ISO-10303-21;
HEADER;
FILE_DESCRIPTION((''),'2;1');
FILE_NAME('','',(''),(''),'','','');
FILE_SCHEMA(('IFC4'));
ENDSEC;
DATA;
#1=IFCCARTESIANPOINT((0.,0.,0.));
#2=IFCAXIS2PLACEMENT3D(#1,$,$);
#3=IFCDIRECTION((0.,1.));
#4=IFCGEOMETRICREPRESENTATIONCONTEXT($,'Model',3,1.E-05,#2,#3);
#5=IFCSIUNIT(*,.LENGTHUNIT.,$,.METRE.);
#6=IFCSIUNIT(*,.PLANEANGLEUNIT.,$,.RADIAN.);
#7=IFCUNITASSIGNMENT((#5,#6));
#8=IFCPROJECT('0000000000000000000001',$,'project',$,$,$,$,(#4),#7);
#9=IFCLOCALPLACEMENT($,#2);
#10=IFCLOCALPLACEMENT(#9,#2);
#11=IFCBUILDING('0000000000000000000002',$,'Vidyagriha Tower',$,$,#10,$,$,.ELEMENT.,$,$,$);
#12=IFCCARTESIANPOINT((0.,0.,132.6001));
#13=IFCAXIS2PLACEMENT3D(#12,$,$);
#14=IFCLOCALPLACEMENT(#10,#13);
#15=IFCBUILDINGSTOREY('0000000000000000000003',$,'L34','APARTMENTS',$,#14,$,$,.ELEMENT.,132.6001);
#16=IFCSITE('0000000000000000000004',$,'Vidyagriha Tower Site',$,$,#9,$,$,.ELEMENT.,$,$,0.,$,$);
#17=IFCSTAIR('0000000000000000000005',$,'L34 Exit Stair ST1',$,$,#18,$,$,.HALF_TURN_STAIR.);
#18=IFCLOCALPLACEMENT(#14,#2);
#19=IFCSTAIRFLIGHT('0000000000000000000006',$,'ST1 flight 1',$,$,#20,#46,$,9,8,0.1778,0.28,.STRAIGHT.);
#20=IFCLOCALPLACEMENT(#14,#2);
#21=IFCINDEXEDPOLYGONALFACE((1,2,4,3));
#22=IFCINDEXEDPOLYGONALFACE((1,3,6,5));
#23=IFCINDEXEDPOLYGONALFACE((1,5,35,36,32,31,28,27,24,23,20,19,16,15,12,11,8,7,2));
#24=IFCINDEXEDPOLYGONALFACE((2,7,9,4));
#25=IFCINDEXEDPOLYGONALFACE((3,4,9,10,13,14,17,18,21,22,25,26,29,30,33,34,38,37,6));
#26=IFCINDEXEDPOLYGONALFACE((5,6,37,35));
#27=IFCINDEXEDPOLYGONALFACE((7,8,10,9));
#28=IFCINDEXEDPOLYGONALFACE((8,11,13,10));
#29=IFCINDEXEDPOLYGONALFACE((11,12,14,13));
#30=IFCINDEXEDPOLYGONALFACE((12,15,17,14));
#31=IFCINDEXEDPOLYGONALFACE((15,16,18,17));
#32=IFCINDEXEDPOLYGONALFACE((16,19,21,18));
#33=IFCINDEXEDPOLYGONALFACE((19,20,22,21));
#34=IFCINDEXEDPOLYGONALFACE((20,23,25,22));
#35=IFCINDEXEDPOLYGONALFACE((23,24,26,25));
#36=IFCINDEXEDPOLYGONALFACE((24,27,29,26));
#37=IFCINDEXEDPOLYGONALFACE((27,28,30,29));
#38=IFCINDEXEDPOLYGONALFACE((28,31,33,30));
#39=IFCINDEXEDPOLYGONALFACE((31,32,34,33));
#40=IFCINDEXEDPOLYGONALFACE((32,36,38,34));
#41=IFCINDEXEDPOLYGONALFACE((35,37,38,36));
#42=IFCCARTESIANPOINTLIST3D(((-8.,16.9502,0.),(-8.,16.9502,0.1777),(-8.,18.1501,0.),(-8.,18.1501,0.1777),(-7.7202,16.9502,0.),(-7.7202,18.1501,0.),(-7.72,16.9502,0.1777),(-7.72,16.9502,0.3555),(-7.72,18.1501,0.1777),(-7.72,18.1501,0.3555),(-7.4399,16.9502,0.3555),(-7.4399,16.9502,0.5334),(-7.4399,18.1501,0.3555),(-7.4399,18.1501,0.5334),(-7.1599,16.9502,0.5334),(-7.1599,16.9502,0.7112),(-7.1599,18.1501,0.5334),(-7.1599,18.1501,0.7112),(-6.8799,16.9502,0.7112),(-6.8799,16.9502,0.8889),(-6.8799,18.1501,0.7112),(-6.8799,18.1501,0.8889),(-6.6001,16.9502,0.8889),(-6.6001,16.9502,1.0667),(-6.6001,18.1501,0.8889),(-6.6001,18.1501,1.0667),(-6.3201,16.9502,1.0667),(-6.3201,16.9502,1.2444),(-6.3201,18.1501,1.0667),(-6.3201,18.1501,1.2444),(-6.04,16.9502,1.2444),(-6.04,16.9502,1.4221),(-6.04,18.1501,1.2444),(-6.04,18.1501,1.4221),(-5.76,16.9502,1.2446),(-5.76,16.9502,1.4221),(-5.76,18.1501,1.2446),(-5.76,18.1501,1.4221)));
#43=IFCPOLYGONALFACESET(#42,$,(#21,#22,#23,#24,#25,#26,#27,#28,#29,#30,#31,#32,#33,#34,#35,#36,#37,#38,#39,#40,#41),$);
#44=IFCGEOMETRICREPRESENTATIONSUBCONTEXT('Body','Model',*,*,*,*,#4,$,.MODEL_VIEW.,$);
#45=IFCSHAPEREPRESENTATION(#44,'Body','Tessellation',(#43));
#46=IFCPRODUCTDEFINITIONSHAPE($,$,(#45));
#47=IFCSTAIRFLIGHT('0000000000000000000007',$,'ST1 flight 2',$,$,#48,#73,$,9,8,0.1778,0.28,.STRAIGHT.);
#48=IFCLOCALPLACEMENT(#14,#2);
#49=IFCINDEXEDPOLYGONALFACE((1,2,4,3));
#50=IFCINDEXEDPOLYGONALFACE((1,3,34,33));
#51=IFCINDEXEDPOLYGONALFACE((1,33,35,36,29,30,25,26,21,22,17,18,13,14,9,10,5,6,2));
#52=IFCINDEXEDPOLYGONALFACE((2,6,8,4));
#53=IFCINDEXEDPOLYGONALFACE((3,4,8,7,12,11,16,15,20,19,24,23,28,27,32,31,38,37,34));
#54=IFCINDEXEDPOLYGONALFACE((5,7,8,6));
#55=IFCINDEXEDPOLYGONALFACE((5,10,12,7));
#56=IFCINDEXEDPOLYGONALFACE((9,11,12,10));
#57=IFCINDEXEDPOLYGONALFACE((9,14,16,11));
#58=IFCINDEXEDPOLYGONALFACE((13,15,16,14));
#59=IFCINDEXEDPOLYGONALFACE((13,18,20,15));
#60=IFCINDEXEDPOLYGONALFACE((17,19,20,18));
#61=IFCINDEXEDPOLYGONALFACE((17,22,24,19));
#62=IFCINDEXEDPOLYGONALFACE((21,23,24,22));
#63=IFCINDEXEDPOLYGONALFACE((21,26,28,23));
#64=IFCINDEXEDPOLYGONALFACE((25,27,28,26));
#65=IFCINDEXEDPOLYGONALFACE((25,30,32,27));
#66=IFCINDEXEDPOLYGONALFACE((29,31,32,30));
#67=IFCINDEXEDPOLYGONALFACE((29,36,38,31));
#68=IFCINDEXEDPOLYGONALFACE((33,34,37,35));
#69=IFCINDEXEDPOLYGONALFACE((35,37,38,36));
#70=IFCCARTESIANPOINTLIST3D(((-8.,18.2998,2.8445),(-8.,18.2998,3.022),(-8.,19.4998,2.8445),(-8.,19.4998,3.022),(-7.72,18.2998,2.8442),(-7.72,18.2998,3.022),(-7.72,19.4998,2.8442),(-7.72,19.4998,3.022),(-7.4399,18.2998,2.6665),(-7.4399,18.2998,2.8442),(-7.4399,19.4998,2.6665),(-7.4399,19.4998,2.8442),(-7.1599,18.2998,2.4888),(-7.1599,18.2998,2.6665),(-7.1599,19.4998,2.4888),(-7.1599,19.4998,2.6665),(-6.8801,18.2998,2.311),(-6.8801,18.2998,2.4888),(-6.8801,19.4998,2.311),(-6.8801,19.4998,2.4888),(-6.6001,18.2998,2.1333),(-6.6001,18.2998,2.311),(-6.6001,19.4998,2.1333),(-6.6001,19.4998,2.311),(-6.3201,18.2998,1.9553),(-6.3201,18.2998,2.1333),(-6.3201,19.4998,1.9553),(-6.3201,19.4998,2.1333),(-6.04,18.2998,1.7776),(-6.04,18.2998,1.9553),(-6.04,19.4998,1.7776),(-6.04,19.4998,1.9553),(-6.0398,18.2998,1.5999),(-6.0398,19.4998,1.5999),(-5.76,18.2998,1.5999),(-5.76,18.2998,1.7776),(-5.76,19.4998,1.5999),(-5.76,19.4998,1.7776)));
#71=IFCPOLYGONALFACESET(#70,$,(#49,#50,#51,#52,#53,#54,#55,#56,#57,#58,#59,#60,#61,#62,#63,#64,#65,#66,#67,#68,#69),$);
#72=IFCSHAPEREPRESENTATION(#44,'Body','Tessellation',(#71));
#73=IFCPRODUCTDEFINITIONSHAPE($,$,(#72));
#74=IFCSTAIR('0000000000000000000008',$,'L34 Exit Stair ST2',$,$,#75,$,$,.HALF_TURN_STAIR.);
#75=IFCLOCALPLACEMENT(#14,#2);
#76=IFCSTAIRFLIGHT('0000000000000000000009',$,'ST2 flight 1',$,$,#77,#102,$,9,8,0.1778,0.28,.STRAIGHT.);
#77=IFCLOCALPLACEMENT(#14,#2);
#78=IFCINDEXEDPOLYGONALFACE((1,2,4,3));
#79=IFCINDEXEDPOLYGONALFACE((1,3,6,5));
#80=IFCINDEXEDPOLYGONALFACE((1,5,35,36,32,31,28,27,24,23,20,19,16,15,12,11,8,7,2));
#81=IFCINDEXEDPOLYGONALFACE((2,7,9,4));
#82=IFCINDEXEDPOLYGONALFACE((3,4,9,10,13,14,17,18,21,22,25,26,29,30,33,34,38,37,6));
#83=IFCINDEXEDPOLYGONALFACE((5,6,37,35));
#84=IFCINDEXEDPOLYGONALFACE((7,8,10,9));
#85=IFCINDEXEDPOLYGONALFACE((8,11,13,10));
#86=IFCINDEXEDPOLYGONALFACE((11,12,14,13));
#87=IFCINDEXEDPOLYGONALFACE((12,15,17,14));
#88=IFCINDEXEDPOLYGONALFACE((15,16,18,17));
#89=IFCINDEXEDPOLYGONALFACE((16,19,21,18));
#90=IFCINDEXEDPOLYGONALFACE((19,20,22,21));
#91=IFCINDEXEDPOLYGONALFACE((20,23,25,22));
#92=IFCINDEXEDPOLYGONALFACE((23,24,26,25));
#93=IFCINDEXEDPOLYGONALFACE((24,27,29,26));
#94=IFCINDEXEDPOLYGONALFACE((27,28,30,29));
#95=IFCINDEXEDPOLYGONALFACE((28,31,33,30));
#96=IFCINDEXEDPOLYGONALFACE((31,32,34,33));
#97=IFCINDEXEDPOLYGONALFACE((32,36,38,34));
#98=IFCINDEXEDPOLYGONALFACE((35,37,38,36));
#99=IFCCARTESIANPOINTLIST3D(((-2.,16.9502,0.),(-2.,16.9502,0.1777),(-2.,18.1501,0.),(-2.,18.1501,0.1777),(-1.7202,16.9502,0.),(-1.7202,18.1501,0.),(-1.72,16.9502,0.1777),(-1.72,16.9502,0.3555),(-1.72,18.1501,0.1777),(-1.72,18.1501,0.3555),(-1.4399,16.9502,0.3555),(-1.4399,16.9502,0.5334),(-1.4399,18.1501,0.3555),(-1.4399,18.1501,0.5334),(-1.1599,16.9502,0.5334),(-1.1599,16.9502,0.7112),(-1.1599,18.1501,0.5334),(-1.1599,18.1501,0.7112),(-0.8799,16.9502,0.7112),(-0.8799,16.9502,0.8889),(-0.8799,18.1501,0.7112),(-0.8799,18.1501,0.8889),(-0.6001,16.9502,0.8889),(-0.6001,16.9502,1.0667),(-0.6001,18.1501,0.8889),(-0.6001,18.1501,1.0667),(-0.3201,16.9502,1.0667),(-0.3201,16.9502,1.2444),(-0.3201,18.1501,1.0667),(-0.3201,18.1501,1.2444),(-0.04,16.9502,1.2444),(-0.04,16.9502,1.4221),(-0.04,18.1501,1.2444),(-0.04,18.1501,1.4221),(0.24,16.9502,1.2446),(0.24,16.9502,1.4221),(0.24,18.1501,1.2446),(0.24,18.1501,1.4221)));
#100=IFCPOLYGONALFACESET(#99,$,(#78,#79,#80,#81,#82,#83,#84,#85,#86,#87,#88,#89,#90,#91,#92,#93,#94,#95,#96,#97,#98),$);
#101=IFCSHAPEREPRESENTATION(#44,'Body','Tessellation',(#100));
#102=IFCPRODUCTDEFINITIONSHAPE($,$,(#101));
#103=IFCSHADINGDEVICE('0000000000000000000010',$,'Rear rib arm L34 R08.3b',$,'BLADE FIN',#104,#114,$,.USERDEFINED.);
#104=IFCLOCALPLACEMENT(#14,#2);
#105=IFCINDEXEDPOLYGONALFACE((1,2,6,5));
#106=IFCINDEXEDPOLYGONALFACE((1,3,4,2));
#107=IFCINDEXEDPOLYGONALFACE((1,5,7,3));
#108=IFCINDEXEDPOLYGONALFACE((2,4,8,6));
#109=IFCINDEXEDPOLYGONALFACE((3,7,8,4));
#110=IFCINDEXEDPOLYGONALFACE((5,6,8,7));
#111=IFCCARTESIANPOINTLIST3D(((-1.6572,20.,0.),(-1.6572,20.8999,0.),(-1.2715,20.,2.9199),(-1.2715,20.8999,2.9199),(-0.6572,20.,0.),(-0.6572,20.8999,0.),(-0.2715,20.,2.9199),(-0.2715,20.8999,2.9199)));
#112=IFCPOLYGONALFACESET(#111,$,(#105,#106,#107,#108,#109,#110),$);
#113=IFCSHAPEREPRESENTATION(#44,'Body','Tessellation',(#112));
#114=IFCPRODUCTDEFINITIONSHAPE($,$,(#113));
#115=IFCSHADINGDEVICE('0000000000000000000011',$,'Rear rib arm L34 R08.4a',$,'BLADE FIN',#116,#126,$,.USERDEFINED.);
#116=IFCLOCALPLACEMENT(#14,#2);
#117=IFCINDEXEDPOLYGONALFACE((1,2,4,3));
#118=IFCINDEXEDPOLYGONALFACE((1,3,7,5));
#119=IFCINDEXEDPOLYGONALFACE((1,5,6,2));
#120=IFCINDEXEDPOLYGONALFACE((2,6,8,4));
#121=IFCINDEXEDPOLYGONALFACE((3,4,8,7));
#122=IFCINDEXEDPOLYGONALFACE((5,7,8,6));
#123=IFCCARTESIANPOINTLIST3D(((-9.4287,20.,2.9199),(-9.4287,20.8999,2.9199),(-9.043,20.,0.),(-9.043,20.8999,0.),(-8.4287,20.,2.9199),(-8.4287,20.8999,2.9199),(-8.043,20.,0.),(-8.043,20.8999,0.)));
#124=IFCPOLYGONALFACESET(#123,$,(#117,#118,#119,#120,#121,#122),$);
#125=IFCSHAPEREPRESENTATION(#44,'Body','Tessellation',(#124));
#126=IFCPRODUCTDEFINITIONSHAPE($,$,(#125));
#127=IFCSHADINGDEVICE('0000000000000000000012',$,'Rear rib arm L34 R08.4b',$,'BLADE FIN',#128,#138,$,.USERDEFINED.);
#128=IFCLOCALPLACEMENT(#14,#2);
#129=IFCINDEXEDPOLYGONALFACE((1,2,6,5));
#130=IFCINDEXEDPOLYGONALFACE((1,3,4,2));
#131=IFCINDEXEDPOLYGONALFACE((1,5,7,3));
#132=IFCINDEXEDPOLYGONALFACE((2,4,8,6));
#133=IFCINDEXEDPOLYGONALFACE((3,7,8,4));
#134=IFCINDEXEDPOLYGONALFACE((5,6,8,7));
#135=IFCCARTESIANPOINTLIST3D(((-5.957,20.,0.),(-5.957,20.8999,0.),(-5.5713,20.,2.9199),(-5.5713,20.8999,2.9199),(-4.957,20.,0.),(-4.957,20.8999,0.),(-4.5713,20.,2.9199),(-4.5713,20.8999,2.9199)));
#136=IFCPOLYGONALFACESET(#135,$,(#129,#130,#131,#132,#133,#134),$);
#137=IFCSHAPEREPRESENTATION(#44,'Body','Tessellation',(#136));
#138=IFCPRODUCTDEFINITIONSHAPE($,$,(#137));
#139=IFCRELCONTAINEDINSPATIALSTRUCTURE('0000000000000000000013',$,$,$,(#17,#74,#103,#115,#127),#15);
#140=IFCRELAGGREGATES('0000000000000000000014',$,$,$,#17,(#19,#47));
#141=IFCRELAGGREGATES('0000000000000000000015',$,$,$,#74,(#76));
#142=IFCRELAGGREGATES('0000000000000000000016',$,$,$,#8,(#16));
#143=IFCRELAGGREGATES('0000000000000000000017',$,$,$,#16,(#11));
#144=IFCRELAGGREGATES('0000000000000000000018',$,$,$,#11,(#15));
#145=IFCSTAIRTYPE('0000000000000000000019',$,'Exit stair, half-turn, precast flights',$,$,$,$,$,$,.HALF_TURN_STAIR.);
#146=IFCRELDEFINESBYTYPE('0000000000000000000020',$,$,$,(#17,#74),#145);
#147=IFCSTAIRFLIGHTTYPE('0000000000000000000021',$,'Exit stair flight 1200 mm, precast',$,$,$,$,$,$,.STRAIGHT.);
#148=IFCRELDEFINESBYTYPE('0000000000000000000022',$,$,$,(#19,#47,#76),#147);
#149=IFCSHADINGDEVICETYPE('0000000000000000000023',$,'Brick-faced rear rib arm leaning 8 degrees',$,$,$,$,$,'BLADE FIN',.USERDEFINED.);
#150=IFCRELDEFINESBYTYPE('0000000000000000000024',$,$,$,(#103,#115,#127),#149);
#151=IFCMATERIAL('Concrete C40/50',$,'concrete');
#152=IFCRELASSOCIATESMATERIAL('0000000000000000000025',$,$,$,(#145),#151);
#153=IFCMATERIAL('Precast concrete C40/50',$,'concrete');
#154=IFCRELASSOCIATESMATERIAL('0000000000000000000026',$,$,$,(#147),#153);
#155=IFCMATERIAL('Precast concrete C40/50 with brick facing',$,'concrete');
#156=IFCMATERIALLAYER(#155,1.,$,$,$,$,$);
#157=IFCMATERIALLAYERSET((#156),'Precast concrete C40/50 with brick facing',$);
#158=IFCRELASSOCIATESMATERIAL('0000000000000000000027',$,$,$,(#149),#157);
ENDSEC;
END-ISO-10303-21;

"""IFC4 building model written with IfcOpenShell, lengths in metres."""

from ifc_helpers import new_model, si_unit, direction, frame, origin, place, context, subcontext, project, spatial, polyline, outline, extrude, material, layer, layer_set, type_object, element, aggregate, save


model = new_model("IFC4")

# Units and contexts
model_context = context("Model", 3, precision=1e-05, world=origin(), true_north=direction((0.0, 1.0)))
body_context = subcontext(model_context, "Body", "Model", "MODEL_VIEW")
ifc_project = project(units=[si_unit("LENGTHUNIT", "METRE"), si_unit("PLANEANGLEUNIT", "RADIAN")], contexts=[model_context])

# Site, building, storey
site_placement = place(None, origin())
site = spatial("IfcSite", under=ifc_project, at=site_placement, Name="Vidyagriha Tower Site", CompositionType="ELEMENT", RefElevation=0.0)
building_placement = place(site_placement, origin())
building = spatial("IfcBuilding", under=site, at=building_placement, Name="Vidyagriha Tower", CompositionType="ELEMENT")
storey_placement = place(building_placement, frame((0.0, 0.0, 132.6001)))
storey = spatial("IfcBuildingStorey", under=building, at=storey_placement, Name="L34", Description="APARTMENTS", CompositionType="ELEMENT", Elevation=132.6001)

# Stair, stair flights
ifc_material_1 = material(Name="Concrete C40/50", Category="concrete")
stair_type = type_object("IfcStairType", Name="Exit stair, half-turn, precast flights", PredefinedType="HALF_TURN_STAIR", material=ifc_material_1)
stair_1_placement = place(storey_placement, origin())
stair_1 = element("IfcStair", 1, at=stair_1_placement, inside=storey, type_object=stair_type, Name="L34 Exit Stair ST1", PredefinedType="HALF_TURN_STAIR")
ifc_material_2 = material(Name="Precast concrete C40/50", Category="concrete")
stair_flight_type = type_object("IfcStairFlightType", Name="Exit stair flight 1200 mm, precast", PredefinedType="STRAIGHT", material=ifc_material_2)
stair_flight_1_placement = place(storey_placement, frame((-8.0, 17.55, 0.0)))
stair_flight_1 = element("IfcStairFlight", 2, at=stair_flight_1_placement, type_object=stair_flight_type, Name="ST1 flight 1", NumberOfRisers=9, NumberOfTreads=8, PredefinedType="STRAIGHT", RiserHeight=0.1778, TreadLength=0.28, context=body_context, shape_type="SweptSolid", body=[
    extrude(outline(polyline([(0.0, 0.0), (0.0, 0.1777), (0.28, 0.1777), (0.28, 0.3555), (0.5601, 0.3555), (0.5601, 0.5334), (0.8401, 0.5334), (0.8401, 0.7112), (1.1201, 0.7112), (1.1201, 0.8889), (1.3999, 0.8889), (1.3999, 1.0667), (1.6799, 1.0667), (1.6799, 1.2444), (1.96, 1.2444), (1.96, 1.4221), (2.24, 1.4221), (2.24, 1.6001), (2.24, 1.2446), (0.2798, 0.0), (0.0, 0.0)])), frame((0.0, 0.6001, 0.0), z_axis=(0.0, -1.0, 0.0), x_axis=(1.0, 0.0, 0.0)), (0.0, 0.0, 1.0), 1.2),
])
stair_flight_2_placement = place(storey_placement, frame((-5.76, 18.8999, 1.5999), z_axis=(0.0, 0.0, 1.0), x_axis=(-1.0, 0.0, 0.0)))
stair_flight_2 = element("IfcStairFlight", 3, at=stair_flight_2_placement, type_object=stair_flight_type, Name="ST1 flight 2", NumberOfRisers=9, NumberOfTreads=8, PredefinedType="STRAIGHT", RiserHeight=0.1778, TreadLength=0.28, context=body_context, shape_type="SweptSolid", body=[
    extrude(outline(polyline([(0.0, 0.0), (0.0, 0.1777), (0.28, 0.1777), (0.28, 0.3555), (0.5601, 0.3555), (0.5601, 0.5334), (0.8401, 0.5334), (0.8401, 0.7112), (1.1201, 0.7112), (1.1201, 0.8889), (1.3999, 0.8889), (1.3999, 1.0667), (1.6799, 1.0667), (1.6799, 1.2444), (1.96, 1.2444), (1.96, 1.4221), (2.24, 1.4221), (2.24, 1.6001), (2.24, 1.2446), (0.2798, 0.0), (0.0, 0.0)])), frame((0.0, 0.6001, 0.0), z_axis=(0.0, -1.0, 0.0), x_axis=(1.0, 0.0, 0.0)), (0.0, 0.0, 1.0), 1.2),
])
aggregate(stair_1, [stair_flight_1, stair_flight_2])

# Stair, stair flight
stair_2_placement = place(storey_placement, origin())
stair_2 = element("IfcStair", 4, at=stair_2_placement, inside=storey, type_object=stair_type, Name="L34 Exit Stair ST2", PredefinedType="HALF_TURN_STAIR")
stair_flight_3_placement = place(storey_placement, frame((-2.0, 17.55, 0.0)))
stair_flight_3 = element("IfcStairFlight", 5, at=stair_flight_3_placement, type_object=stair_flight_type, Name="ST2 flight 1", NumberOfRisers=9, NumberOfTreads=8, PredefinedType="STRAIGHT", RiserHeight=0.1778, TreadLength=0.28, context=body_context, shape_type="SweptSolid", body=[
    extrude(outline(polyline([(0.0, 0.0), (0.0, 0.1777), (0.28, 0.1777), (0.28, 0.3555), (0.5601, 0.3555), (0.5601, 0.5334), (0.8401, 0.5334), (0.8401, 0.7112), (1.1201, 0.7112), (1.1201, 0.8889), (1.3999, 0.8889), (1.3999, 1.0667), (1.6799, 1.0667), (1.6799, 1.2444), (1.96, 1.2444), (1.96, 1.4221), (2.24, 1.4221), (2.24, 1.6001), (2.24, 1.2446), (0.2798, 0.0), (0.0, 0.0)])), frame((0.0, 0.6001, 0.0), z_axis=(0.0, -1.0, 0.0), x_axis=(1.0, 0.0, 0.0)), (0.0, 0.0, 1.0), 1.2),
])
aggregate(stair_2, [stair_flight_3])

# Shading devices
ifc_material_3 = material(Name="Precast concrete C40/50 with brick facing", Category="concrete")
ifc_layer_1 = layer(ifc_material_3, 1.0)
ifc_layer_set_1 = layer_set([ifc_layer_1], Name="Precast concrete C40/50 with brick facing")
shading_device_type = type_object("IfcShadingDeviceType", Name="Brick-faced rear rib arm leaning 8 degrees", ElementType="BLADE FIN", PredefinedType="USERDEFINED", material=ifc_layer_set_1)
shading_device_1_placement = place(storey_placement, frame((-0.2715, 20.45, 0.0), z_axis=(0.0, 0.0, 1.0), x_axis=(-1.0, 0.0, 0.0)))
element("IfcShadingDevice", 6, at=shading_device_1_placement, inside=storey, type_object=shading_device_type, Name="Rear rib arm L34 R08.3b", ObjectType="BLADE FIN", PredefinedType="USERDEFINED", context=body_context, shape_type="SweptSolid", body=[
    extrude(outline(polyline([(0.3857, 0.0), (1.3857, 0.0), (1.0, 2.9199), (0.0, 2.9199), (0.3857, 0.0)])), frame((0.0, 0.45, 0.0), z_axis=(0.0, -1.0, 0.0), x_axis=(1.0, 0.0, 0.0)), (0.0, 0.0, 1.0), 0.8999),
])
shading_device_2_placement = place(storey_placement, frame((-8.043, 20.45, 0.0), z_axis=(0.0, 0.0, 1.0), x_axis=(-1.0, 0.0, 0.0)))
element("IfcShadingDevice", 7, at=shading_device_2_placement, inside=storey, type_object=shading_device_type, Name="Rear rib arm L34 R08.4a", ObjectType="BLADE FIN", PredefinedType="USERDEFINED", context=body_context, shape_type="SweptSolid", body=[
    extrude(outline(polyline([(0.0, 0.0), (1.0, 0.0), (1.3857, 2.9199), (0.3857, 2.9199), (0.0, 0.0)])), frame((0.0, 0.45, 0.0), z_axis=(0.0, -1.0, 0.0), x_axis=(1.0, 0.0, 0.0)), (0.0, 0.0, 1.0), 0.8999),
])
shading_device_3_placement = place(storey_placement, frame((-4.5713, 20.45, 0.0), z_axis=(0.0, 0.0, 1.0), x_axis=(-1.0, 0.0, 0.0)))
element("IfcShadingDevice", 8, at=shading_device_3_placement, inside=storey, type_object=shading_device_type, Name="Rear rib arm L34 R08.4b", ObjectType="BLADE FIN", PredefinedType="USERDEFINED", context=body_context, shape_type="SweptSolid", body=[
    extrude(outline(polyline([(0.3857, 0.0), (1.3857, 0.0), (1.0, 2.9199), (0.0, 2.9199), (0.3857, 0.0)])), frame((0.0, 0.45, 0.0), z_axis=(0.0, -1.0, 0.0), x_axis=(1.0, 0.0, 0.0)), (0.0, 0.0, 1.0), 0.8999),
])

save(model, "model.ifc")
